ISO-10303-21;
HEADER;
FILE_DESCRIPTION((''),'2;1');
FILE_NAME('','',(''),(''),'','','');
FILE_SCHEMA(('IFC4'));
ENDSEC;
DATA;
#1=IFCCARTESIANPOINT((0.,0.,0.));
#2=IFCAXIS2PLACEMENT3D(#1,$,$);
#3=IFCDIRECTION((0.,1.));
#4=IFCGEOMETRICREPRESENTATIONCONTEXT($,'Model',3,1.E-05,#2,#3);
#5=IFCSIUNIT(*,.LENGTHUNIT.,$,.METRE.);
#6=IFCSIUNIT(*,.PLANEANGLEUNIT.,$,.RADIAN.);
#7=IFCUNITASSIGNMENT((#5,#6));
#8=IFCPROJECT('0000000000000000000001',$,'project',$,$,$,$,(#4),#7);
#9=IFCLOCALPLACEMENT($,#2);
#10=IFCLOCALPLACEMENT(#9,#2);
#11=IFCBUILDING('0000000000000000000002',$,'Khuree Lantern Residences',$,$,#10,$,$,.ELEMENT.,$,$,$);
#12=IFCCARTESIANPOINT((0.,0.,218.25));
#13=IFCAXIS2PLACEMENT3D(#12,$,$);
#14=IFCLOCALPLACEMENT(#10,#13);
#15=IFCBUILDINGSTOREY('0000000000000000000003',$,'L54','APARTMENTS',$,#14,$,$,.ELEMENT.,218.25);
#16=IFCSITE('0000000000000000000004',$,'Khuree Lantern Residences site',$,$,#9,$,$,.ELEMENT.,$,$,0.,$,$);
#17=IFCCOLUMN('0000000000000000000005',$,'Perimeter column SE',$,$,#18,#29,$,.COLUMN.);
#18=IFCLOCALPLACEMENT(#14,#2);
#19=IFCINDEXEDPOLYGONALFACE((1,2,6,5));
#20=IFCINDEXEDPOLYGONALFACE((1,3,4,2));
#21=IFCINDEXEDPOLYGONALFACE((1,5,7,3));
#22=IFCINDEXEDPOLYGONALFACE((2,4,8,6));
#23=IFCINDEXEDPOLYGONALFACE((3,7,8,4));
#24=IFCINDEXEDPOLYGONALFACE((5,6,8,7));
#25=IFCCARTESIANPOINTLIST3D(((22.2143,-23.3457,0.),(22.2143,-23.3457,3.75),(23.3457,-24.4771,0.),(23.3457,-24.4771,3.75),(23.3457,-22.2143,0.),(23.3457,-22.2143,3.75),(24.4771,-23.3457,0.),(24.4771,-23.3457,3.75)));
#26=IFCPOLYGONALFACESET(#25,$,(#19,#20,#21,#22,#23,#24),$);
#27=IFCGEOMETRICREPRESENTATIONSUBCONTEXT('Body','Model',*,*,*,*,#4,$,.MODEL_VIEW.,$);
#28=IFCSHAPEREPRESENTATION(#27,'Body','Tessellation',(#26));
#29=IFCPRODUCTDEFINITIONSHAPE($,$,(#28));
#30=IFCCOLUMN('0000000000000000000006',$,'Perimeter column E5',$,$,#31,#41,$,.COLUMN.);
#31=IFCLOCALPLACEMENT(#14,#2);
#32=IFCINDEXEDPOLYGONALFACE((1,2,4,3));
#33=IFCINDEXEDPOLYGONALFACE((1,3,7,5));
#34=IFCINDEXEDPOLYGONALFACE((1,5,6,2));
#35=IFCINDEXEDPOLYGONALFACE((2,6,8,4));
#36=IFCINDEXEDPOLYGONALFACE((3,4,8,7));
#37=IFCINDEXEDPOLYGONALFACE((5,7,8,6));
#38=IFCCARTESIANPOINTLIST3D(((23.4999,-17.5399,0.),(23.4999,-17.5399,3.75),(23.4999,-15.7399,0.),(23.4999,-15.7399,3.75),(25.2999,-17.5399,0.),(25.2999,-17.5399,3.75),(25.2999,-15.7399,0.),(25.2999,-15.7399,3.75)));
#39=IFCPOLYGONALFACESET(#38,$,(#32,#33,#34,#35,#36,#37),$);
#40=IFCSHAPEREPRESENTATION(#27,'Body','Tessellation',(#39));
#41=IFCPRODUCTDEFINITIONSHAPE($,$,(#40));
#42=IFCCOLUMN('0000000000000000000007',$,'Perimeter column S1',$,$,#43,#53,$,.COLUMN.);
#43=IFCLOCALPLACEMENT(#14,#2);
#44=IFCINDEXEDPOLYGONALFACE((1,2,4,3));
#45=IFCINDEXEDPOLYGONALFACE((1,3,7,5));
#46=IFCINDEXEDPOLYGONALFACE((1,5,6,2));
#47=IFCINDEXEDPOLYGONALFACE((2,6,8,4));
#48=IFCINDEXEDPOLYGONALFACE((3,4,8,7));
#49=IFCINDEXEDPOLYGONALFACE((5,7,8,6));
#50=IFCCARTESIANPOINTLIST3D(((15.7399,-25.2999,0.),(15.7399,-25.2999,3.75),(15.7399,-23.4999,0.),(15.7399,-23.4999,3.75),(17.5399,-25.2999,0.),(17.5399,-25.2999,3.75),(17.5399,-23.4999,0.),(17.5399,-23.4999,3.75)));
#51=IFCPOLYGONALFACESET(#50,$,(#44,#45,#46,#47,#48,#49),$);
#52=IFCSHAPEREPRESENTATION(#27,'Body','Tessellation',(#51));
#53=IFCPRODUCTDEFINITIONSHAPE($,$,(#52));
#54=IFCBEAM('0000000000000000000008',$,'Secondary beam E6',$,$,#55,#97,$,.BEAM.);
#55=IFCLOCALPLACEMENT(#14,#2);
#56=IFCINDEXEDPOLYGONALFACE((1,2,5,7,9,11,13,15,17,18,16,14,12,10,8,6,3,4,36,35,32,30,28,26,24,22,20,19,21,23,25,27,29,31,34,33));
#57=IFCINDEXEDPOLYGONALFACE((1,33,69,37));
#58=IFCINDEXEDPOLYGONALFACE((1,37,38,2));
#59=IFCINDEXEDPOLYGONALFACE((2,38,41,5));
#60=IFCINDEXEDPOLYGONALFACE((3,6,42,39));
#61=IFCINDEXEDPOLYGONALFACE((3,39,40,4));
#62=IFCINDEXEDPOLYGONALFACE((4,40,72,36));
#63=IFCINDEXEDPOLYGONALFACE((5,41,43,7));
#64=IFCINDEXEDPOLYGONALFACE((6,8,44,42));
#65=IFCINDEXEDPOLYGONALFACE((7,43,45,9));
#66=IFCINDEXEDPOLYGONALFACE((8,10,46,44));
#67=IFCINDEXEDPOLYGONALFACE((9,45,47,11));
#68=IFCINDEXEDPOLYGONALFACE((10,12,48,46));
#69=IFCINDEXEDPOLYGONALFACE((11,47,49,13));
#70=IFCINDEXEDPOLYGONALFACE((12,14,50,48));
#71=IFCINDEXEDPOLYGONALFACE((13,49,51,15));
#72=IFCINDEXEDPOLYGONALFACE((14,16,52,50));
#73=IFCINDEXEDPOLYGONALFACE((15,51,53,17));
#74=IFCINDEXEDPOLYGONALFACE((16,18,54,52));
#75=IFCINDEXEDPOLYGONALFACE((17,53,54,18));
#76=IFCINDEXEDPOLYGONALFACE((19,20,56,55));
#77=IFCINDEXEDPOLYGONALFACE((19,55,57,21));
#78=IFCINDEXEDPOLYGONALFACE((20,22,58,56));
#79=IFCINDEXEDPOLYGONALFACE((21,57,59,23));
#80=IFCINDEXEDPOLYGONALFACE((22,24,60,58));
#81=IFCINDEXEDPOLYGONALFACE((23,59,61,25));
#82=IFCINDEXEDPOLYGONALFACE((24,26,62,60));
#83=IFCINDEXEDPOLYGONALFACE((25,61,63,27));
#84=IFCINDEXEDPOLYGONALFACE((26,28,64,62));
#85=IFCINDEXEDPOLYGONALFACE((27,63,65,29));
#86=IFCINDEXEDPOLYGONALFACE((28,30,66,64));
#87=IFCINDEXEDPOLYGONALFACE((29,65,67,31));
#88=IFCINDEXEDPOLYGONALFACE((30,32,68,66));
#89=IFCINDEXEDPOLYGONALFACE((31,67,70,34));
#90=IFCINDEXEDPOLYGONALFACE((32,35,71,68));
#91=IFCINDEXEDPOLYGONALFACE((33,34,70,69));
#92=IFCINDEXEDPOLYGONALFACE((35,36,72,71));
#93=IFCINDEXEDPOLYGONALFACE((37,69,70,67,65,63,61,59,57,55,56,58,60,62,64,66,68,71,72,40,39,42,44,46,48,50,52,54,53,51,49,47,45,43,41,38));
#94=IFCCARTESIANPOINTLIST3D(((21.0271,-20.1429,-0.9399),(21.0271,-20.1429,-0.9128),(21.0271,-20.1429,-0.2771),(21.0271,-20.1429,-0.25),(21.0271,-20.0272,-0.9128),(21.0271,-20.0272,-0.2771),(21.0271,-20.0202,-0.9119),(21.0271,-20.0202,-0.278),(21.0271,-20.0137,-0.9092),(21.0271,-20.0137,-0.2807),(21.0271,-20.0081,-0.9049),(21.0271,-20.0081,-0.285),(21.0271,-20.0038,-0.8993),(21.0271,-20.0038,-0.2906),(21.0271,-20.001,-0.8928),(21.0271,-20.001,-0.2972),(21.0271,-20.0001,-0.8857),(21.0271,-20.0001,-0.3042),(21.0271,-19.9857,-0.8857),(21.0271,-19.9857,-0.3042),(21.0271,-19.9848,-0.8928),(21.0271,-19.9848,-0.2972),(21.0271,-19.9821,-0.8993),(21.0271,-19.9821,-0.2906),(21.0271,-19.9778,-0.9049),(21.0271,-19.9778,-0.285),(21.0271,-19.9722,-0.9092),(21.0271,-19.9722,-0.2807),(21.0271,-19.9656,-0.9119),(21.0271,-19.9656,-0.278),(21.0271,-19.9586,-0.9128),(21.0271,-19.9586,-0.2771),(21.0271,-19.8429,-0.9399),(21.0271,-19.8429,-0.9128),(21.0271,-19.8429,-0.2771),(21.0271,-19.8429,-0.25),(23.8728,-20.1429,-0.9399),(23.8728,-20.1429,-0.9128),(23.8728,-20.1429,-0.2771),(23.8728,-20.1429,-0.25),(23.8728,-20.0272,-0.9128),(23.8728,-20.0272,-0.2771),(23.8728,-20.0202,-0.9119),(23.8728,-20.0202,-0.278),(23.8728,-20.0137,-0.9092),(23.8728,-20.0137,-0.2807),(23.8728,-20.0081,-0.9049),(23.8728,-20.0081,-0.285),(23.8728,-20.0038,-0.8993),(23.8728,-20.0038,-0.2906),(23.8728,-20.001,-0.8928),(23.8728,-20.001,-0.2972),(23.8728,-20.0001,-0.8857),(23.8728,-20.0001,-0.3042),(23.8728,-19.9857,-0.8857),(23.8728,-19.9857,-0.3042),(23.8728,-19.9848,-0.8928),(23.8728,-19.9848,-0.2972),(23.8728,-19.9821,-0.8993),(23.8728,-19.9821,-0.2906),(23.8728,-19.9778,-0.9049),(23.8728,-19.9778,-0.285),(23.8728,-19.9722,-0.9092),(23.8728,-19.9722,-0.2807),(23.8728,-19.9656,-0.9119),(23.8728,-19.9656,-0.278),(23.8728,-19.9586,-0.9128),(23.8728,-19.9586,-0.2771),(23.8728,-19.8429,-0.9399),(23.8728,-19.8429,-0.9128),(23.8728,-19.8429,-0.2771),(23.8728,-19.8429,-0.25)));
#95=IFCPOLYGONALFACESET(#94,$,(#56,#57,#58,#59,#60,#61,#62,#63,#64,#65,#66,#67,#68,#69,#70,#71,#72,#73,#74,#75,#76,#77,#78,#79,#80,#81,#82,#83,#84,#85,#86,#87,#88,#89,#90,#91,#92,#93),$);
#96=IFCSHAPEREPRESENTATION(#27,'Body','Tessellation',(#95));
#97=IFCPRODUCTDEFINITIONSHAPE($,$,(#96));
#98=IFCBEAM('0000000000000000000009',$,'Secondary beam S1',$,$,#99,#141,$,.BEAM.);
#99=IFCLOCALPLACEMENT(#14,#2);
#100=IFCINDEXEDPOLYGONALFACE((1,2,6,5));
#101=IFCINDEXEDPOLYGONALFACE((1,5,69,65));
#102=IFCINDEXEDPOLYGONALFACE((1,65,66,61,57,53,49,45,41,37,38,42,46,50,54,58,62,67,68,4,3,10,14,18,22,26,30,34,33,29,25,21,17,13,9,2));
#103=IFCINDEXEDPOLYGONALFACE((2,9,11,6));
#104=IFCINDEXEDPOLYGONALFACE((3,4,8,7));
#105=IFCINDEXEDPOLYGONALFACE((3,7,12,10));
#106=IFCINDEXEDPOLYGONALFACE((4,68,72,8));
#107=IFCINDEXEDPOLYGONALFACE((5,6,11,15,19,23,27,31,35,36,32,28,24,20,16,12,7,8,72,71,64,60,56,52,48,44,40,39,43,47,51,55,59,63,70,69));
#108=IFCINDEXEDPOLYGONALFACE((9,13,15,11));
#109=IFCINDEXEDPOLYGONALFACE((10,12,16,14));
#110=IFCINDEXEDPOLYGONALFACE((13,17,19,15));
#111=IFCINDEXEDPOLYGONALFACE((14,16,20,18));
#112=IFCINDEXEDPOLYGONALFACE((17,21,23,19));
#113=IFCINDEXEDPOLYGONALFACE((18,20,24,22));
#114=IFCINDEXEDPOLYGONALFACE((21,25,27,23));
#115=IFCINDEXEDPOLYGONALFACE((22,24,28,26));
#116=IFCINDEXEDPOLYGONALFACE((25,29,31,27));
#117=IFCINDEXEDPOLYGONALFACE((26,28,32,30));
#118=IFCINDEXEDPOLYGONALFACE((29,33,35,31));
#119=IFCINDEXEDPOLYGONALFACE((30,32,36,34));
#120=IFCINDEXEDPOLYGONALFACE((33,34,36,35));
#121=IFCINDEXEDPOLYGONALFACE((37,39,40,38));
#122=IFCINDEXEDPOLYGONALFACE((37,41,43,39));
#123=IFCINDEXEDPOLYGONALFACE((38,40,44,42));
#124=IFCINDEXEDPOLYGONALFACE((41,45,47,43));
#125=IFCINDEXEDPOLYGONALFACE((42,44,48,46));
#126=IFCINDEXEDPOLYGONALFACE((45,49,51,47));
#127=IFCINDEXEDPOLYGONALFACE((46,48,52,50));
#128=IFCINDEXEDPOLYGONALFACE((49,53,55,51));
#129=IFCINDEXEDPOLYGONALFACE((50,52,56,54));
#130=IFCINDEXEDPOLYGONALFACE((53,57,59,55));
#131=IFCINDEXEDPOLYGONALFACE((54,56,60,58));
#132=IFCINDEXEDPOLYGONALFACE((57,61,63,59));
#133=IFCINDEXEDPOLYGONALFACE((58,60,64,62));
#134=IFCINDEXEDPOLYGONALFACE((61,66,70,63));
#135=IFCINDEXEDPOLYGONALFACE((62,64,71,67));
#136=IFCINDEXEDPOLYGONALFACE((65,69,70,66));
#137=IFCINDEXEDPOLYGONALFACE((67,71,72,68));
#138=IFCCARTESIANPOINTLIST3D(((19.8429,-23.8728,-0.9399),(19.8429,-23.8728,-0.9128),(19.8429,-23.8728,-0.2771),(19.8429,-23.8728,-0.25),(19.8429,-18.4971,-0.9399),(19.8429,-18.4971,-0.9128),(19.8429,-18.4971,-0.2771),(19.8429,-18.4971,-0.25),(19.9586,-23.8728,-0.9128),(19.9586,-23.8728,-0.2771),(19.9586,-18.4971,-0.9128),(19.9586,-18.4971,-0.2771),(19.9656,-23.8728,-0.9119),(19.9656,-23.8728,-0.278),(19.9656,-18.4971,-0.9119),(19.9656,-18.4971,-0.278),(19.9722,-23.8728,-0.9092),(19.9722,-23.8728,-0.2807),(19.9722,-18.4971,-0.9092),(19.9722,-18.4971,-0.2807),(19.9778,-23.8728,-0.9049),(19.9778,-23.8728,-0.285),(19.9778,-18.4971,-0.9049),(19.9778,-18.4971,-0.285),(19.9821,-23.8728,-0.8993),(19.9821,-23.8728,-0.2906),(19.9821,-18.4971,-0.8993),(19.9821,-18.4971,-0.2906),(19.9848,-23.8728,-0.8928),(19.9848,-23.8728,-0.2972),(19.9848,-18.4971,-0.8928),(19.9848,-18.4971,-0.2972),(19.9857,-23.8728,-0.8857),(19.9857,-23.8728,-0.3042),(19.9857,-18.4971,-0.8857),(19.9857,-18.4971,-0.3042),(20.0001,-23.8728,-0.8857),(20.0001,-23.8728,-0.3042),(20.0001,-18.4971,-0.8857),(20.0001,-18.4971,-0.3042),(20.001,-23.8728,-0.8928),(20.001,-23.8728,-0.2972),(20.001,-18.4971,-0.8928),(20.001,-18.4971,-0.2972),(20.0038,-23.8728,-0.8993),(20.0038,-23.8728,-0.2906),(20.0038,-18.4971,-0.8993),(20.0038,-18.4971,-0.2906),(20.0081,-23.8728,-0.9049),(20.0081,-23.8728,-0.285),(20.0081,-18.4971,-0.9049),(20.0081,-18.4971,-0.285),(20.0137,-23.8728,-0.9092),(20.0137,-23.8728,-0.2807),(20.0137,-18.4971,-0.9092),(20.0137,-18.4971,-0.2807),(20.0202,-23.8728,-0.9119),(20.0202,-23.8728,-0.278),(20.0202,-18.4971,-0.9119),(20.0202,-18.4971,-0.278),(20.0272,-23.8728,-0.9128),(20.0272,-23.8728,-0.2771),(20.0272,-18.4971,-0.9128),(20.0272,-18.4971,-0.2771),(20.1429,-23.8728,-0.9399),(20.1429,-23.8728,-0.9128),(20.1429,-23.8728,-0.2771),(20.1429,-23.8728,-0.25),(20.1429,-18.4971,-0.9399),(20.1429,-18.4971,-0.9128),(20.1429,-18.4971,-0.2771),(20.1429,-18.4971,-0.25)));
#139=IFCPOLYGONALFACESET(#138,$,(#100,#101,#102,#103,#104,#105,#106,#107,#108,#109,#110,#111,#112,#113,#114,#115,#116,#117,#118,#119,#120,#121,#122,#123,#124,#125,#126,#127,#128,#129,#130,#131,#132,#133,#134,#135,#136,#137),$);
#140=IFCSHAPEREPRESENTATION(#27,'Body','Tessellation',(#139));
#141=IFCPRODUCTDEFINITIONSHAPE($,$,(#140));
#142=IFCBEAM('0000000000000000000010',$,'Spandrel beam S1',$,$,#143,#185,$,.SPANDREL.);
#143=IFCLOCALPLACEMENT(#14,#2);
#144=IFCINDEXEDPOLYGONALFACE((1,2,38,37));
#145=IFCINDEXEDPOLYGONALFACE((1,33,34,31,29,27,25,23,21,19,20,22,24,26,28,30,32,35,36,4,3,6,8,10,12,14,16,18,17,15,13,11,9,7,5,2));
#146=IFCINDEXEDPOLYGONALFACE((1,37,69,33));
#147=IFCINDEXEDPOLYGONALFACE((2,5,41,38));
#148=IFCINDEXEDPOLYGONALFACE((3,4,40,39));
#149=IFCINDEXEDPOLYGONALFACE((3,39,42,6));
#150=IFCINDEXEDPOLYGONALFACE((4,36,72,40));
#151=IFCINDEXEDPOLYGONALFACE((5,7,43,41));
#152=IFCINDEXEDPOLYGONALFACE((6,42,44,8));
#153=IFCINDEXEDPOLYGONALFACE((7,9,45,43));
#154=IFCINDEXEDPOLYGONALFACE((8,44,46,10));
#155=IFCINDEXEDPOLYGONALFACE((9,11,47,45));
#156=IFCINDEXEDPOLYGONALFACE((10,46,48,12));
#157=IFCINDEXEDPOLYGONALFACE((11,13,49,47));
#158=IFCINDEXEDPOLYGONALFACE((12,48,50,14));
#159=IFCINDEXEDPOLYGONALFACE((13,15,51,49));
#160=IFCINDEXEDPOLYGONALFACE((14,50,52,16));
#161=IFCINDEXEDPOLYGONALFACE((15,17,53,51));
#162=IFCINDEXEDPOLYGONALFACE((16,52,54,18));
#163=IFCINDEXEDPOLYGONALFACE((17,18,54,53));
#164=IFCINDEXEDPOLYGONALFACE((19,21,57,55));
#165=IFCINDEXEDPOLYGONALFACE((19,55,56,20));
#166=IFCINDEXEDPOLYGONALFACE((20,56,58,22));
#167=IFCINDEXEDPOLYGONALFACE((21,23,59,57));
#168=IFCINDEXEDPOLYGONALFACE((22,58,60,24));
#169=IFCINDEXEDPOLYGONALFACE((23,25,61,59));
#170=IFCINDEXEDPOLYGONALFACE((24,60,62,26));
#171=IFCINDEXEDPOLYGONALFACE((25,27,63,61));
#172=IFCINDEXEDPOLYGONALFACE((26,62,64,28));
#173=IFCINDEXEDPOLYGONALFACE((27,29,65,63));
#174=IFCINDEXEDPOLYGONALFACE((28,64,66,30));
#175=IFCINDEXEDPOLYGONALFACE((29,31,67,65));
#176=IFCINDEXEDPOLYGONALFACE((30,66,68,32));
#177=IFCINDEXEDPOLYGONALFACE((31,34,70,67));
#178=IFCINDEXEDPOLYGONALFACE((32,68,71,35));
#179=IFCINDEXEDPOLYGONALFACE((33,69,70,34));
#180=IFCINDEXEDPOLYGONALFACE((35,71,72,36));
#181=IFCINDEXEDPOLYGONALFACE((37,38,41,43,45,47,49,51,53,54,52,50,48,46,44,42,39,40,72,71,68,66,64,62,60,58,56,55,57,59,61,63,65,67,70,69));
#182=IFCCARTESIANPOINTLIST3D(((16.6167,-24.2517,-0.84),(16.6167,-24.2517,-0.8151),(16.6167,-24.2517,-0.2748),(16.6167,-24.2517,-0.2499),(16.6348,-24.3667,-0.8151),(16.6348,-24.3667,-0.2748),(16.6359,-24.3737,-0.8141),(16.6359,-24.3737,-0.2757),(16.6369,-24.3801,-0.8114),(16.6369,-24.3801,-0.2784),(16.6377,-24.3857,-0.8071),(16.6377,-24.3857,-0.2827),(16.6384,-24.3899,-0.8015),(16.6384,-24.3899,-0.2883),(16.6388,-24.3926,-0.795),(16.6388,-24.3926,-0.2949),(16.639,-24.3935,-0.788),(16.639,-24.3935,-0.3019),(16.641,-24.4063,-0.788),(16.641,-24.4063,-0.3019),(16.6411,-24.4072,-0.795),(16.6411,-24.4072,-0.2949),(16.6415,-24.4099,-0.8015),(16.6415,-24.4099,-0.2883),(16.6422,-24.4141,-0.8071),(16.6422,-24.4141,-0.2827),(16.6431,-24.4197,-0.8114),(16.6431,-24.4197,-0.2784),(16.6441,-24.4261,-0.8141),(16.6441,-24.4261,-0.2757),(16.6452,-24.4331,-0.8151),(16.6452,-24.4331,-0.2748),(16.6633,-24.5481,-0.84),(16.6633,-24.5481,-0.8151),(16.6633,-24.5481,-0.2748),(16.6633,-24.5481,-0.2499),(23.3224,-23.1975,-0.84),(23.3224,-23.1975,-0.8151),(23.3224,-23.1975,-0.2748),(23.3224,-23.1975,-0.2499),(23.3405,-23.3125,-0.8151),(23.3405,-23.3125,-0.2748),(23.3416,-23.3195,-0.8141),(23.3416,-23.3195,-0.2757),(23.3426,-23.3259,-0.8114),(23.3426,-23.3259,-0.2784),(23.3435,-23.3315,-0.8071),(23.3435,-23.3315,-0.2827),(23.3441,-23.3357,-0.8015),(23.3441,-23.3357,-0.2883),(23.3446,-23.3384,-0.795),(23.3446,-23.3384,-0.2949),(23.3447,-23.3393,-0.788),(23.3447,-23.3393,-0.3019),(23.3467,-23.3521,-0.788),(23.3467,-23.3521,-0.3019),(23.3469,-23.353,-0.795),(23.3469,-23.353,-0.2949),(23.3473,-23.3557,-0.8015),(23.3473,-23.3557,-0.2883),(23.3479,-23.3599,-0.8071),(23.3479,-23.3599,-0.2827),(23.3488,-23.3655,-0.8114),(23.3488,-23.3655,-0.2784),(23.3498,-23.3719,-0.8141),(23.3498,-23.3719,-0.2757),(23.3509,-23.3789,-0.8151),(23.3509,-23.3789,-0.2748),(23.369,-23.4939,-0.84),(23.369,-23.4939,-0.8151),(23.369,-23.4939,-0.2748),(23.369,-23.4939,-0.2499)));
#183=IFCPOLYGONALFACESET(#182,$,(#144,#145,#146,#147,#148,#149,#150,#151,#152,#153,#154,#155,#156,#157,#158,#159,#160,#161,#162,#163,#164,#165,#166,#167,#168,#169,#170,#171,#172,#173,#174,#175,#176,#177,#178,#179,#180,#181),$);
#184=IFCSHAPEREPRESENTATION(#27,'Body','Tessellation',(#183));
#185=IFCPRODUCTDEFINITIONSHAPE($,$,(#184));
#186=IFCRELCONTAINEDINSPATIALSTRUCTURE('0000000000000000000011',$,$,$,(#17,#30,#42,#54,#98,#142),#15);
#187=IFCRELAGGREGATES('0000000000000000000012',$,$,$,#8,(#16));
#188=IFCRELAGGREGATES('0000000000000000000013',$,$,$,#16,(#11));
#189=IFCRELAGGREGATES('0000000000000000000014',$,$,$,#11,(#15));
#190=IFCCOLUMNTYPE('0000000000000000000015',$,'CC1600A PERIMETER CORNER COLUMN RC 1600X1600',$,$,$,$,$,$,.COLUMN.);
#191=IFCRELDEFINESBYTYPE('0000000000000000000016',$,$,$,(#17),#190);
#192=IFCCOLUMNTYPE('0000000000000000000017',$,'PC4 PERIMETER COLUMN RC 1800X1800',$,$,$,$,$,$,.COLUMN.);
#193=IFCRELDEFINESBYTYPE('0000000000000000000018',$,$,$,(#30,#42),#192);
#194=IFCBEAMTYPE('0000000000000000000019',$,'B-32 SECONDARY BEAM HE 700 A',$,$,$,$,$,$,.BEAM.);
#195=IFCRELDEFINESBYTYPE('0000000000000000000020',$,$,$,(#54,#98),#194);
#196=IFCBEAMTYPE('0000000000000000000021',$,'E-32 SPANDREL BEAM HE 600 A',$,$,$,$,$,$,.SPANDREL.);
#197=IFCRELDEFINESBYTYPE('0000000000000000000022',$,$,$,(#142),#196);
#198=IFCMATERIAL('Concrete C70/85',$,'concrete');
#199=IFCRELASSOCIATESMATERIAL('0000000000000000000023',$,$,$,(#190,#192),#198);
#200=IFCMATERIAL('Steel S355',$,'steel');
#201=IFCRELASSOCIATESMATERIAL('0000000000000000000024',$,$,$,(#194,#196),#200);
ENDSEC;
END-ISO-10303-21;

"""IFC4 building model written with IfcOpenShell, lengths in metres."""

from ifc_helpers import new_model, si_unit, direction, frame, origin, origin_2d, place, context, subcontext, project, spatial, rectangle, i_section, extrude, material, material_profile, profile_set, type_object, element, save


model = new_model("IFC4")

# Units and contexts
model_context = context("Model", 3, precision=1e-05, world=origin(), true_north=direction((0.0, 1.0)))
body_context = subcontext(model_context, "Body", "Model", "MODEL_VIEW")
ifc_project = project(units=[si_unit("LENGTHUNIT", "METRE"), si_unit("PLANEANGLEUNIT", "RADIAN")], contexts=[model_context])

# Site, building, storey
site_placement = place(None, origin())
site = spatial("IfcSite", under=ifc_project, at=site_placement, Name="Khuree Lantern Residences site", CompositionType="ELEMENT", RefElevation=0.0)
building_placement = place(site_placement, origin())
building = spatial("IfcBuilding", under=site, at=building_placement, Name="Khuree Lantern Residences", CompositionType="ELEMENT")
storey_placement = place(building_placement, frame((0.0, 0.0, 218.25)))
storey = spatial("IfcBuildingStorey", under=building, at=storey_placement, Name="L54", Description="APARTMENTS", CompositionType="ELEMENT", Elevation=218.25)

# Columns
ifc_material_1 = material(Name="Concrete C70/85", Category="concrete")
ifc_material_profile_1 = material_profile(ifc_material_1, rectangle(XDim=1.6001, YDim=1.6001, at=origin_2d()), Name="RC 1600X1600")
ifc_profile_set_1 = profile_set([ifc_material_profile_1], Name="Concrete C70/85")
column_type_1 = type_object("IfcColumnType", Name="CC1600A PERIMETER CORNER COLUMN RC 1600X1600", PredefinedType="COLUMN", material=ifc_profile_set_1)
column_placement = place(storey_placement, frame((23.3457, -23.3457, 0.0), z_axis=(0.0, 0.0, 1.0), x_axis=(0.707107, 0.707107, 0.0)))
element("IfcColumn", 1, at=column_placement, inside=storey, type_object=column_type_1, Name="Perimeter column SE", PredefinedType="COLUMN", context=body_context, shape_type="SweptSolid", body=[
    extrude(rectangle(XDim=1.6001, YDim=1.6001, at=origin_2d()), origin(), (0.0, 0.0, 1.0), 3.75),
])
ifc_material_profile_2 = material_profile(ifc_material_1, rectangle(XDim=1.8, YDim=1.8, at=origin_2d()), Name="RC 1800X1800")
ifc_profile_set_2 = profile_set([ifc_material_profile_2], Name="Concrete C70/85")
column_type_2 = type_object("IfcColumnType", Name="PC4 PERIMETER COLUMN RC 1800X1800", PredefinedType="COLUMN", material=ifc_profile_set_2)
for number, where, z_axis, x_axis, name in (
    (2, (24.3999, -16.6399, 0.0), (0.0, 0.0, 1.0), (0.0, 1.0, 0.0), "Perimeter column E5"),
    (3, (16.6399, -24.3999, 0.0), (0.0, 0.0, 1.0), (1.0, 0.0, 0.0), "Perimeter column S1"),
):
    element("IfcColumn", number, at=place(storey_placement, frame(where, z_axis=z_axis, x_axis=x_axis)), inside=storey, type_object=column_type_2, Name=name, PredefinedType="COLUMN", context=body_context, shape_type="SweptSolid", body=[
        extrude(rectangle(XDim=1.8, YDim=1.8, at=origin_2d()), origin(), (0.0, 0.0, 1.0), 3.75),
    ])

# Beams
ifc_material_2 = material(Name="Steel S355", Category="steel")
ifc_material_profile_3 = material_profile(ifc_material_2, i_section(OverallWidth=0.3, OverallDepth=0.6899, WebThickness=0.0144, FlangeThickness=0.0271, FilletRadius=0.0271, at=origin_2d()), Name="HE 700 A")
ifc_profile_set_3 = profile_set([ifc_material_profile_3], Name="Steel S355")
beam_type_1 = type_object("IfcBeamType", Name="B-32 SECONDARY BEAM HE 700 A", PredefinedType="BEAM", material=ifc_profile_set_3)
beam_1_placement = place(storey_placement, frame((23.8728, -19.9929, -0.595), z_axis=(-1.0, 0.0, 0.0), x_axis=(0.0, -1.0, 0.0)))
element("IfcBeam", 4, at=beam_1_placement, inside=storey, type_object=beam_type_1, Name="Secondary beam E6", PredefinedType="BEAM", context=body_context, shape_type="SweptSolid", body=[
    extrude(i_section(OverallWidth=0.3, OverallDepth=0.6899, WebThickness=0.0144, FlangeThickness=0.0271, FilletRadius=0.0271, at=origin_2d()), origin(), (0.0, 0.0, 1.0), 2.8457),
])
beam_2_placement = place(storey_placement, frame((19.9929, -23.8728, -0.595), z_axis=(0.0, 1.0, 0.0), x_axis=(-1.0, 0.0, 0.0)))
element("IfcBeam", 5, at=beam_2_placement, inside=storey, type_object=beam_type_1, Name="Secondary beam S1", PredefinedType="BEAM", context=body_context, shape_type="SweptSolid", body=[
    extrude(i_section(OverallWidth=0.3, OverallDepth=0.6899, WebThickness=0.0144, FlangeThickness=0.0271, FilletRadius=0.0271, at=origin_2d()), origin(), (0.0, 0.0, 1.0), 5.3757),
])
ifc_material_profile_4 = material_profile(ifc_material_2, i_section(OverallWidth=0.3, OverallDepth=0.5901, WebThickness=0.0129, FlangeThickness=0.0249, FilletRadius=0.0271, at=origin_2d()), Name="HE 600 A")
ifc_profile_set_4 = profile_set([ifc_material_profile_4], Name="Steel S355")
beam_type_2 = type_object("IfcBeamType", Name="E-32 SPANDREL BEAM HE 600 A", PredefinedType="SPANDREL", material=ifc_profile_set_4)
beam_3_placement = place(storey_placement, frame((23.3457, -23.3457, -0.5449), z_axis=(-0.987867, -0.1553, 0.0), x_axis=(0.1553, -0.987867, 0.0)))
element("IfcBeam", 6, at=beam_3_placement, inside=storey, type_object=beam_type_2, Name="Spandrel beam S1", PredefinedType="SPANDREL", context=body_context, shape_type="SweptSolid", body=[
    extrude(i_section(OverallWidth=0.3, OverallDepth=0.5901, WebThickness=0.0129, FlangeThickness=0.0249, FilletRadius=0.0271, at=origin_2d()), origin(), (0.0, 0.0, 1.0), 6.7881),
])

save(model, "model.ifc")
